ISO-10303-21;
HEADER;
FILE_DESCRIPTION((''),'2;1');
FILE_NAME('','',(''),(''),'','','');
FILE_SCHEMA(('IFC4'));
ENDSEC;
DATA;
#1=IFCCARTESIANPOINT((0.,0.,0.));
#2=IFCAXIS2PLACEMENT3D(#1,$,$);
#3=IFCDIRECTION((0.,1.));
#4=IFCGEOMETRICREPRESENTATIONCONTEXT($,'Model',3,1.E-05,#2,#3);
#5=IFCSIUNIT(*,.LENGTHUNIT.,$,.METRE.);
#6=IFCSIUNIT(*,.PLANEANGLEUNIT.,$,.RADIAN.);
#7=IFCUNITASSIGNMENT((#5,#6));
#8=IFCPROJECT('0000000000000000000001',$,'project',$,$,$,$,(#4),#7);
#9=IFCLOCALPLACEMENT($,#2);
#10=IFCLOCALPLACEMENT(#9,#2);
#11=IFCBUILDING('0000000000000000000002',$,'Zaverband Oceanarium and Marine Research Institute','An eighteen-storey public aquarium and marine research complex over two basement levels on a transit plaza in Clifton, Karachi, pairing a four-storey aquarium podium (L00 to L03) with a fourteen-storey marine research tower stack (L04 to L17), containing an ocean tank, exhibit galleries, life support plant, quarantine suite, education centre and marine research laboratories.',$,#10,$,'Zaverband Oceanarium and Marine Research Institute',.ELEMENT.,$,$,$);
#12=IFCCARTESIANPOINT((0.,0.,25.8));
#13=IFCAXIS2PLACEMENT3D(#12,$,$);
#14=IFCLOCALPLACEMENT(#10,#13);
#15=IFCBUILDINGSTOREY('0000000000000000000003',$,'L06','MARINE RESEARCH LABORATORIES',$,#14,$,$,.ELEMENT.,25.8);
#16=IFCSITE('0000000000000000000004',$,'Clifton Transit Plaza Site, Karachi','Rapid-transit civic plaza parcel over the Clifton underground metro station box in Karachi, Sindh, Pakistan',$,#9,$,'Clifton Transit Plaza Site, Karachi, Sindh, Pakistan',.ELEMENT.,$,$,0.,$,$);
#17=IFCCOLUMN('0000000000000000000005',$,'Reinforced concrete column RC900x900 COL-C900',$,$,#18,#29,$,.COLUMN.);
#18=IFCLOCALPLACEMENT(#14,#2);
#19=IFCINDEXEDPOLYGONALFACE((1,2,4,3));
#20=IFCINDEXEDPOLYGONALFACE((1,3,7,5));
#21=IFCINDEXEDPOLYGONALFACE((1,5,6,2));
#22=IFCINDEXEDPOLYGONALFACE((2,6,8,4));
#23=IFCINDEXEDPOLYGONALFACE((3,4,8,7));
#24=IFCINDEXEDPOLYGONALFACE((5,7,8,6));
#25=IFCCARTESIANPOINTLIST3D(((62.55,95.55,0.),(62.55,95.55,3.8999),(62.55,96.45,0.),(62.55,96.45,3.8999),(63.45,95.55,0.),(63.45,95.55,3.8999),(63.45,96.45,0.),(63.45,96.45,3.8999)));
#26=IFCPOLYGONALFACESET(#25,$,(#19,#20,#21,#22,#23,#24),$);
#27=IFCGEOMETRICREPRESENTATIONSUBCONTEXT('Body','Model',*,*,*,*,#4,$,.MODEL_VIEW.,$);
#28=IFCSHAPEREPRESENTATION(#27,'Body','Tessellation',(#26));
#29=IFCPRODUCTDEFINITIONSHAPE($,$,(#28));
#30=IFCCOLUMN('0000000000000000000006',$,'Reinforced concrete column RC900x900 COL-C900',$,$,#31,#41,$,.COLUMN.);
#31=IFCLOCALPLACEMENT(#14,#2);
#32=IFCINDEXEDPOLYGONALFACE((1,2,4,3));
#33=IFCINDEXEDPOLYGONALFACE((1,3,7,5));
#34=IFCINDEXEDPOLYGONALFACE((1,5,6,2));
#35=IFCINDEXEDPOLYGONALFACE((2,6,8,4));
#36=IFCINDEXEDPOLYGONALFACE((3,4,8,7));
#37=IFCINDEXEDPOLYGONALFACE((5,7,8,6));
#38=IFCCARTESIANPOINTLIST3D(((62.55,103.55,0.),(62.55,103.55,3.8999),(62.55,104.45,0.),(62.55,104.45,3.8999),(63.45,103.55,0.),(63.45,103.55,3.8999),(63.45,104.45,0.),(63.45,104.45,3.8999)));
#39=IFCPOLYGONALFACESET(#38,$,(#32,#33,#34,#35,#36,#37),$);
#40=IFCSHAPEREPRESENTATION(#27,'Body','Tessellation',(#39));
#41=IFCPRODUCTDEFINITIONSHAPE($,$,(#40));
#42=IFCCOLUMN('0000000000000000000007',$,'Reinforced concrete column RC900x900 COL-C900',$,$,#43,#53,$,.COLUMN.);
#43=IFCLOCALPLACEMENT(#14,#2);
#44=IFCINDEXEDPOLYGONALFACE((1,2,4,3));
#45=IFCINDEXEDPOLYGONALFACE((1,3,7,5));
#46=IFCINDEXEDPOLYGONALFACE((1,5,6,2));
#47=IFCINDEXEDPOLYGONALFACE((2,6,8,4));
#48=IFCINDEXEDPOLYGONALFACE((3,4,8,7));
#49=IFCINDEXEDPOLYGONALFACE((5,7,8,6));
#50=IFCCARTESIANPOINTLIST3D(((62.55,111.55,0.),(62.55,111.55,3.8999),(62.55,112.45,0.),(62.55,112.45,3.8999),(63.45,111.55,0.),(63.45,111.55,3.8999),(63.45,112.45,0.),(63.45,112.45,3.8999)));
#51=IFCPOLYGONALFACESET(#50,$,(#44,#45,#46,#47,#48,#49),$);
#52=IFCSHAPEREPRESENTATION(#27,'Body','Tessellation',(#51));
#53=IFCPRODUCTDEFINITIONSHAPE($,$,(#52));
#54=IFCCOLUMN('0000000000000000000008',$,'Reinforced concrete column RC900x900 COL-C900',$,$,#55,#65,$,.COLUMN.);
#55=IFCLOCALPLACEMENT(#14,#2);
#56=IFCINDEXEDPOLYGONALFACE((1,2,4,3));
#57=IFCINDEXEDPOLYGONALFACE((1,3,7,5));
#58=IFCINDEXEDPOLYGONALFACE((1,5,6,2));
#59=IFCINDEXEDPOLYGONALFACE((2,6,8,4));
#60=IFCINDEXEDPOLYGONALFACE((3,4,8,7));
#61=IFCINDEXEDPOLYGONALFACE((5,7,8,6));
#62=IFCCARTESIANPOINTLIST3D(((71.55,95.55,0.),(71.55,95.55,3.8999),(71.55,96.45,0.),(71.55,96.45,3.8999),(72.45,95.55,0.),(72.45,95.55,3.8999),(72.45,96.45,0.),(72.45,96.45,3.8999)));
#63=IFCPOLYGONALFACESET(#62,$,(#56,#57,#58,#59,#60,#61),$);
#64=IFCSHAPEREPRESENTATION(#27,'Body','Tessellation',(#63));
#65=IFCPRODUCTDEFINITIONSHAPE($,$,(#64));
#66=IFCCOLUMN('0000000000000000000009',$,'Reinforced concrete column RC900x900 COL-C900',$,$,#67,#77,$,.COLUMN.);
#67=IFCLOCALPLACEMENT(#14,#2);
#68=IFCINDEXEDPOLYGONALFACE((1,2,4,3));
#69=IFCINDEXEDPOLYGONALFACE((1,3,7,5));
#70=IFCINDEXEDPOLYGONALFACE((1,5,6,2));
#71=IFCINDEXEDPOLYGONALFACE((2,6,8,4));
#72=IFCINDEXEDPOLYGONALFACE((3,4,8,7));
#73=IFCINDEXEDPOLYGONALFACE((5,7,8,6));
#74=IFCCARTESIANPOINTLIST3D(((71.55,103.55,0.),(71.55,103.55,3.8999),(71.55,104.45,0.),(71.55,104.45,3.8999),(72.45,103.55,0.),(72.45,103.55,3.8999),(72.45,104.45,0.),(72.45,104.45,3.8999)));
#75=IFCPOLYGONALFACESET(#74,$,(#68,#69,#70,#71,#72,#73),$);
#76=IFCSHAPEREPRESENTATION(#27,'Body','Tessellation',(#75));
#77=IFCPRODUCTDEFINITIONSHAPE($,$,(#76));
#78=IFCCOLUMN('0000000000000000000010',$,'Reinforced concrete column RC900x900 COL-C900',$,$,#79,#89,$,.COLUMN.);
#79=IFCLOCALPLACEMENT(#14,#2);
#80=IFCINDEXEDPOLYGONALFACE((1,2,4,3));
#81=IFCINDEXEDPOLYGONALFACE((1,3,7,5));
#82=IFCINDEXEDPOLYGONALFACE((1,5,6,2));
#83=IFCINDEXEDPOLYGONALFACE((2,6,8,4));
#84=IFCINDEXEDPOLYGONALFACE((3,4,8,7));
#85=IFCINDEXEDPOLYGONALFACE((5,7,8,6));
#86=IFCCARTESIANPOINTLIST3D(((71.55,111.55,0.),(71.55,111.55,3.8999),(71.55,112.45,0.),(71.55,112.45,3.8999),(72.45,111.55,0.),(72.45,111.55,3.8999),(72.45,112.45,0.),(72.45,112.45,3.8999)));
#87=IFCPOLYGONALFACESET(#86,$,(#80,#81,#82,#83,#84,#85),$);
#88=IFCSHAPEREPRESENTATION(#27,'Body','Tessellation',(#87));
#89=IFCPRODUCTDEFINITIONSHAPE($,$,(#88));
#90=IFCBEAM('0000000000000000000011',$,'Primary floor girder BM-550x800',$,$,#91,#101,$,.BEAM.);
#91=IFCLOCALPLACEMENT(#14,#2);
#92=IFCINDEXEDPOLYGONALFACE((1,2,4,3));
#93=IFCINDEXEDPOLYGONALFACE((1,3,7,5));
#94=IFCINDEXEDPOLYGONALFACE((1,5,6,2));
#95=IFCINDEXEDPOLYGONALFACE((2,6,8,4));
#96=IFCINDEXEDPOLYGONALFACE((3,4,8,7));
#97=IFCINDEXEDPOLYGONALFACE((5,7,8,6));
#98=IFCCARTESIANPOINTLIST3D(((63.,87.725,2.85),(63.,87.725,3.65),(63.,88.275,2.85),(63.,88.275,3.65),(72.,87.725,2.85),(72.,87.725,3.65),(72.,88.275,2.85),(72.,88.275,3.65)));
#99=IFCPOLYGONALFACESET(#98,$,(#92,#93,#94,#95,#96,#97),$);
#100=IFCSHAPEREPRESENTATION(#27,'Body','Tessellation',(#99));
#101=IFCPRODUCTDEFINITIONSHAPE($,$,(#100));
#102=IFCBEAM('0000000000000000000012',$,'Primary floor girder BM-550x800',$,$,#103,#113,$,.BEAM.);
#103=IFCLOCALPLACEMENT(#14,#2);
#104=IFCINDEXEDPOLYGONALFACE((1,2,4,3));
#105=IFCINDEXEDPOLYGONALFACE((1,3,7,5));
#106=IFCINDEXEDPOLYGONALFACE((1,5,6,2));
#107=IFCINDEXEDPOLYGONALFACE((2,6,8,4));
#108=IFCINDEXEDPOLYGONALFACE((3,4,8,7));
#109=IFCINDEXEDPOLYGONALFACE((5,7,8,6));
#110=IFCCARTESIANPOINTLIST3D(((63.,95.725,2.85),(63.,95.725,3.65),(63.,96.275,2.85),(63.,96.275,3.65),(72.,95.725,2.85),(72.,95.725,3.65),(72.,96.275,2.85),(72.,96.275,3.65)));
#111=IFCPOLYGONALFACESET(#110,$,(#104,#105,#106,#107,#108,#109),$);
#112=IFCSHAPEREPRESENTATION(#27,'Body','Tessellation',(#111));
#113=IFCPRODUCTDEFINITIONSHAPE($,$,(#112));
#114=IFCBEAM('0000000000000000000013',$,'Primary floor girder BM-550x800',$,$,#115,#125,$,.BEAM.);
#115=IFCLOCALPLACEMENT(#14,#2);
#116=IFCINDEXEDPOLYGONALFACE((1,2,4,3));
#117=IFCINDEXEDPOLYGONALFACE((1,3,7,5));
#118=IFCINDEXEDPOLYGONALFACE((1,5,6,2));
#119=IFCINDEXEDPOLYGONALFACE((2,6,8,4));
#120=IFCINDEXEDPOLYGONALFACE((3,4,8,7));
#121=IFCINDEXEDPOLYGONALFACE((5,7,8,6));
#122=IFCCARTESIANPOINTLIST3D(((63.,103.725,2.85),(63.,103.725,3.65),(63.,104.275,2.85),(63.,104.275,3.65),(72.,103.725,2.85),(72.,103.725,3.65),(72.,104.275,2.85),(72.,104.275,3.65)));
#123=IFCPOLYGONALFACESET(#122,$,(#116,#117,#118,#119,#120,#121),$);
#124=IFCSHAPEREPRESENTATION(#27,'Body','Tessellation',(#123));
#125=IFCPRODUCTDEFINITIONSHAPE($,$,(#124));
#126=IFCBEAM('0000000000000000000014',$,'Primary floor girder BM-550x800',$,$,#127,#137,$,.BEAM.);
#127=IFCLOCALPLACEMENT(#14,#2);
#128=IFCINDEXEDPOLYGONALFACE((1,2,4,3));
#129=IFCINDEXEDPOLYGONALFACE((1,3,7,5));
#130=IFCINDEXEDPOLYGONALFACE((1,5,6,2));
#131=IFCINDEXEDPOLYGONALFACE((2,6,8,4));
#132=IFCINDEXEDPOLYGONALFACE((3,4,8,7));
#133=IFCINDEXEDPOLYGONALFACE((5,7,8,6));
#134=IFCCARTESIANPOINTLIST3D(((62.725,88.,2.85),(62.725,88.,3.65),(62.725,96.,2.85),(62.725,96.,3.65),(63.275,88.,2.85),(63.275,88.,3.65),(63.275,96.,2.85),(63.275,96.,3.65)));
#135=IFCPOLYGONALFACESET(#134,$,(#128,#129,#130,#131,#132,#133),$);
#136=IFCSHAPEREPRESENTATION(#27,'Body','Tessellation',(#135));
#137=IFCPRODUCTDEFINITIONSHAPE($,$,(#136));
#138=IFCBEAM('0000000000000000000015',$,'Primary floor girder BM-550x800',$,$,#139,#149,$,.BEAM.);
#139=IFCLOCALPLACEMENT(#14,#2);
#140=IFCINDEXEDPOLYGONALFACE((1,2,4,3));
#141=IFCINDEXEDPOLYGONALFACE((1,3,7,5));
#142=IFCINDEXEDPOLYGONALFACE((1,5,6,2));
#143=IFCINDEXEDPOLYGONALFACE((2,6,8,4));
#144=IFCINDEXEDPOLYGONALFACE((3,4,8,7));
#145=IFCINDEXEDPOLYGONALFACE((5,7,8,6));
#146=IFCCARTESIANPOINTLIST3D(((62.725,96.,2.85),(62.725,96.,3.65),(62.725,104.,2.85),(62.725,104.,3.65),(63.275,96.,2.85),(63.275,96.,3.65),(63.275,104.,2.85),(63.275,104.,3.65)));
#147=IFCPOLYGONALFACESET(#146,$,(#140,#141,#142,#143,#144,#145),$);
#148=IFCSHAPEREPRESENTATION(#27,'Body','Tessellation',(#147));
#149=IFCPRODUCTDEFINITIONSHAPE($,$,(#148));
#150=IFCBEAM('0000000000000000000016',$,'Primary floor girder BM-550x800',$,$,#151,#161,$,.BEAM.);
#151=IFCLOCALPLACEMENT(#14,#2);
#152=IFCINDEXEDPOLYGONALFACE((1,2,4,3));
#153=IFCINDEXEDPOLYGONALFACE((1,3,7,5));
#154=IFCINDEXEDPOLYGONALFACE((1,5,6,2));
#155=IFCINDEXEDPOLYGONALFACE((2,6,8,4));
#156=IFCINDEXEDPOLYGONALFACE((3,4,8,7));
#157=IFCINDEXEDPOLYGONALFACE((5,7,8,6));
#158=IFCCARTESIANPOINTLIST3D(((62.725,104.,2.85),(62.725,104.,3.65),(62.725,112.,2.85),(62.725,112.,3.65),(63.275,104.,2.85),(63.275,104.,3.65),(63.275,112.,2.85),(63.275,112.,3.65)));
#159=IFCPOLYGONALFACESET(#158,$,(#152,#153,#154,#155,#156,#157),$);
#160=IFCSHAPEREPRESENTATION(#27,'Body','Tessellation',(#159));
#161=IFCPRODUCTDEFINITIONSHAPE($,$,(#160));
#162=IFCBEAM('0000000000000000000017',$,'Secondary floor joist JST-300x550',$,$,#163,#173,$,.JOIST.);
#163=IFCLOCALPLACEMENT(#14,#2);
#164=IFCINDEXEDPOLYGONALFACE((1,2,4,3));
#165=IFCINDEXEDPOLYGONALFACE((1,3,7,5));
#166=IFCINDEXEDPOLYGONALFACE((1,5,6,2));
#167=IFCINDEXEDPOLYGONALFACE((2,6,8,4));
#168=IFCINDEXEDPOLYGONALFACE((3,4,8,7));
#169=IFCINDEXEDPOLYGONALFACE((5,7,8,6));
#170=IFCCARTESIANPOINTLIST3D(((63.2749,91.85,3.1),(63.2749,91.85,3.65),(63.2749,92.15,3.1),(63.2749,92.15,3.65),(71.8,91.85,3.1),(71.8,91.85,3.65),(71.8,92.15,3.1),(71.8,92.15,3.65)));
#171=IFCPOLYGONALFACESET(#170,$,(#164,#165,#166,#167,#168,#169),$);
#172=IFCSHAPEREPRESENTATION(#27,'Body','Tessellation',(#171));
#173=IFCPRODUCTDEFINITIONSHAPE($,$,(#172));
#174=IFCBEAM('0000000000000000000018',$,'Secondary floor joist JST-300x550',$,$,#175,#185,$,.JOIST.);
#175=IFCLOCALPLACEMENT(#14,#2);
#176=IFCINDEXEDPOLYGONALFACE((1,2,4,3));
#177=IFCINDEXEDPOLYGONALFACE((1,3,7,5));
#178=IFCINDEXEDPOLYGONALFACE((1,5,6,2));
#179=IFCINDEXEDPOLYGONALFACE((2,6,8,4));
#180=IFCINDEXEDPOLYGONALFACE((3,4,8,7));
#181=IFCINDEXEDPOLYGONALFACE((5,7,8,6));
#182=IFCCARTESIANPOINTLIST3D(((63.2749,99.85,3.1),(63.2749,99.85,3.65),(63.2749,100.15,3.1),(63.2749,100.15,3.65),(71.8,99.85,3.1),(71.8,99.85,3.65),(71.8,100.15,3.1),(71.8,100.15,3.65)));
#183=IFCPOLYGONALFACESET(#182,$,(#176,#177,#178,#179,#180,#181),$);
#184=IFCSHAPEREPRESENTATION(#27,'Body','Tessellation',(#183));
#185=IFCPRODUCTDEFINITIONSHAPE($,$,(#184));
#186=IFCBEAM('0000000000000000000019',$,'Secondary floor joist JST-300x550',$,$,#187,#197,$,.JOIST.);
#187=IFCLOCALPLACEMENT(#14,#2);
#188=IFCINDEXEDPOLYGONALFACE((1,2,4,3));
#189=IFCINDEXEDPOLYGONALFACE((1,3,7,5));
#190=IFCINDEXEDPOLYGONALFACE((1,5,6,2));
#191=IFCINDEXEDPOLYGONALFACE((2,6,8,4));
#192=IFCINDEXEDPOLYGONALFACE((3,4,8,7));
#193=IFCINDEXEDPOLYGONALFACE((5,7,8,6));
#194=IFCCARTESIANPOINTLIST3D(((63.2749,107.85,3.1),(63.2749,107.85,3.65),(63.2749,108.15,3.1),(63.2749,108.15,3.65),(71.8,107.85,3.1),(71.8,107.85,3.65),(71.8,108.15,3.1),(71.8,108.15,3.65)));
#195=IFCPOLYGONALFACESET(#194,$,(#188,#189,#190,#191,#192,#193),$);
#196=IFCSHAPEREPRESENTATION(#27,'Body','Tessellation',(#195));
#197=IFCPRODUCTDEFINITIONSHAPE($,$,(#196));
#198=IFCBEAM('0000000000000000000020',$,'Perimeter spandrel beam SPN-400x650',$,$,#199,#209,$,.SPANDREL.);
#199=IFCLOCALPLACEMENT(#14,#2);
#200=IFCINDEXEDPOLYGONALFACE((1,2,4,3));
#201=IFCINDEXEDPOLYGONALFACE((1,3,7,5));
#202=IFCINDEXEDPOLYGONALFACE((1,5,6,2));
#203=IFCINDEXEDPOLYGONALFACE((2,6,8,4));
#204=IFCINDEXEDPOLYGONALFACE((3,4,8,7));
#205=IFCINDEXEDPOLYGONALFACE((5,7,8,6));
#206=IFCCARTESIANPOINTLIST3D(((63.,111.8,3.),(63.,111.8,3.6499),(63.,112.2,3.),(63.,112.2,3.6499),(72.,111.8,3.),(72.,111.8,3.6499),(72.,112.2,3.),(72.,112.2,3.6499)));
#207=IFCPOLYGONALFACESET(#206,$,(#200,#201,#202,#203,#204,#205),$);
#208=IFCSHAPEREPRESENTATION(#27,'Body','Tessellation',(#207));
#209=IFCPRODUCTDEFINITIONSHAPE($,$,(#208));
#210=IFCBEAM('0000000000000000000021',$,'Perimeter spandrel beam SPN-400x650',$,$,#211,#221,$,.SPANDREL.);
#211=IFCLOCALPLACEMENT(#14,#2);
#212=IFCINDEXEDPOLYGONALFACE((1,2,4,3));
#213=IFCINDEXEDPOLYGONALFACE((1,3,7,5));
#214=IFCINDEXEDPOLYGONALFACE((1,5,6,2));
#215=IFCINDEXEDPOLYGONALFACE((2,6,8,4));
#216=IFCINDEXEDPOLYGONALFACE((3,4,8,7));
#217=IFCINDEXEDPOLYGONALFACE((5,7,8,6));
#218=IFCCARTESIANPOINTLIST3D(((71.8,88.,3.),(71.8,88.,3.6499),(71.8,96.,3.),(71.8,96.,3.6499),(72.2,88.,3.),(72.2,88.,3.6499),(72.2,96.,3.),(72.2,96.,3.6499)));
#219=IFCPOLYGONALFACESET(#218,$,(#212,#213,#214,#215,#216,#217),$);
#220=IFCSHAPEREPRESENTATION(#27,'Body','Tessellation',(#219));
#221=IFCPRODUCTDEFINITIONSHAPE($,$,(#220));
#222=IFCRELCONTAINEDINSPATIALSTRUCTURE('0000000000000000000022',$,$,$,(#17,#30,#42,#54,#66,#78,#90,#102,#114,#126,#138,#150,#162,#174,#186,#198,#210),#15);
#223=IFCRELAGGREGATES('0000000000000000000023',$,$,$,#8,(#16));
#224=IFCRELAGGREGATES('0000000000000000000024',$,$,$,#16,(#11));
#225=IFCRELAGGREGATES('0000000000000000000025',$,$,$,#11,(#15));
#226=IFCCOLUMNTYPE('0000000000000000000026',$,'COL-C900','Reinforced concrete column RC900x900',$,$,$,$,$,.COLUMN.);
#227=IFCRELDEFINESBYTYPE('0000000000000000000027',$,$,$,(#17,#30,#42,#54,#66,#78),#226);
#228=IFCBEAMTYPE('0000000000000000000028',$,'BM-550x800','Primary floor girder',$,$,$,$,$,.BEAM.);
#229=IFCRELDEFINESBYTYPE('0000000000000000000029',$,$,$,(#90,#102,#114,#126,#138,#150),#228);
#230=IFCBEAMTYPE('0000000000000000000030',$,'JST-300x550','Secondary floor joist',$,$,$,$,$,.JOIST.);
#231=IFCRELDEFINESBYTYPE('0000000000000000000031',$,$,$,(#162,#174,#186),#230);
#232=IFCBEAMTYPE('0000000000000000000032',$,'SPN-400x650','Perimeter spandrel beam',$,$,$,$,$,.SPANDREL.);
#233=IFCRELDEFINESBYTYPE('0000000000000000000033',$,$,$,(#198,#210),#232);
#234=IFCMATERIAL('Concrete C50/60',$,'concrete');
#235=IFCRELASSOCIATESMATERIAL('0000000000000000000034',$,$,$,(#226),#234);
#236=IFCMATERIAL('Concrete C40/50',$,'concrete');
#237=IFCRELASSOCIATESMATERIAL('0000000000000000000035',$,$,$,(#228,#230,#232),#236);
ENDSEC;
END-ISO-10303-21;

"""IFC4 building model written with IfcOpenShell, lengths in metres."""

from ifc_helpers import new_model, si_unit, direction, frame, origin, origin_2d, place, context, subcontext, project, spatial, rectangle, extrude, material, material_profile, profile_set, type_object, element, save


model = new_model("IFC4")

# Units and contexts
model_context = context("Model", 3, precision=1e-05, world=origin(), true_north=direction((0.0, 1.0)))
body_context = subcontext(model_context, "Body", "Model", "MODEL_VIEW")
ifc_project = project(units=[si_unit("LENGTHUNIT", "METRE"), si_unit("PLANEANGLEUNIT", "RADIAN")], contexts=[model_context])

# Site, building, storey
site_placement = place(None, origin())
site = spatial("IfcSite", under=ifc_project, at=site_placement, Name="Clifton Transit Plaza Site, Karachi", Description="Rapid-transit civic plaza parcel over the Clifton underground metro station box in Karachi, Sindh, Pakistan", LongName="Clifton Transit Plaza Site, Karachi, Sindh, Pakistan", CompositionType="ELEMENT", RefElevation=0.0)
building_placement = place(site_placement, origin())
building = spatial("IfcBuilding", under=site, at=building_placement, Name="Zaverband Oceanarium and Marine Research Institute", Description="An eighteen-storey public aquarium and marine research complex over two basement levels on a transit plaza in Clifton, Karachi, pairing a four-storey aquarium podium (L00 to L03) with a fourteen-storey marine research tower stack (L04 to L17), containing an ocean tank, exhibit galleries, life support plant, quarantine suite, education centre and marine research laboratories.", LongName="Zaverband Oceanarium and Marine Research Institute", CompositionType="ELEMENT")
storey_placement = place(building_placement, frame((0.0, 0.0, 25.8)))
storey = spatial("IfcBuildingStorey", under=building, at=storey_placement, Name="L06", Description="MARINE RESEARCH LABORATORIES", CompositionType="ELEMENT", Elevation=25.8)

# Columns
ifc_material_1 = material(Name="Concrete C50/60", Category="concrete")
ifc_material_profile_1 = material_profile(ifc_material_1, rectangle(XDim=0.8999, YDim=0.8999, at=origin_2d()), Name="RC900x900")
ifc_profile_set_1 = profile_set([ifc_material_profile_1], Name="Concrete C50/60")
column_type = type_object("IfcColumnType", Name="COL-C900", Description="Reinforced concrete column RC900x900", PredefinedType="COLUMN", material=ifc_profile_set_1)
for number, where, z_axis, x_axis, name in (
    (1, (63.0, 96.0, 0.0), (0.0, 0.0, 1.0), (1.0, 0.0, 0.0), "Reinforced concrete column RC900x900 COL-C900"),
    (2, (63.0, 104.0, 0.0), (0.0, 0.0, 1.0), (1.0, 0.0, 0.0), "Reinforced concrete column RC900x900 COL-C900"),
    (3, (63.0, 112.0, 0.0), (0.0, 0.0, 1.0), (1.0, 0.0, 0.0), "Reinforced concrete column RC900x900 COL-C900"),
    (4, (72.0, 96.0, 0.0), (0.0, 0.0, 1.0), (1.0, 0.0, 0.0), "Reinforced concrete column RC900x900 COL-C900"),
    (5, (72.0, 104.0, 0.0), (0.0, 0.0, 1.0), (1.0, 0.0, 0.0), "Reinforced concrete column RC900x900 COL-C900"),
    (6, (72.0, 112.0, 0.0), (0.0, 0.0, 1.0), (1.0, 0.0, 0.0), "Reinforced concrete column RC900x900 COL-C900"),
):
    element("IfcColumn", number, at=place(storey_placement, frame(where, z_axis=z_axis, x_axis=x_axis)), inside=storey, type_object=column_type, Name=name, PredefinedType="COLUMN", context=body_context, shape_type="SweptSolid", body=[
        extrude(rectangle(XDim=0.8999, YDim=0.8999, at=origin_2d()), origin(), (0.0, 0.0, 1.0), 3.8999),
    ])

# Beams
ifc_material_2 = material(Name="Concrete C40/50", Category="concrete")
ifc_material_profile_2 = material_profile(ifc_material_2, rectangle(XDim=0.55, YDim=0.8, at=origin_2d()), Name="RC550x800")
ifc_profile_set_2 = profile_set([ifc_material_profile_2], Name="Concrete C40/50")
beam_type_1 = type_object("IfcBeamType", Name="BM-550x800", Description="Primary floor girder", PredefinedType="BEAM", material=ifc_profile_set_2)
for number, where, z_axis, x_axis, name in (
    (7, (63.0, 88.0, 3.25), (1.0, 0.0, 0.0), (0.0, 1.0, 0.0), "Primary floor girder BM-550x800"),
    (8, (63.0, 96.0, 3.25), (1.0, 0.0, 0.0), (0.0, 1.0, 0.0), "Primary floor girder BM-550x800"),
    (9, (63.0, 104.0, 3.25), (1.0, 0.0, 0.0), (0.0, 1.0, 0.0), "Primary floor girder BM-550x800"),
):
    element("IfcBeam", number, at=place(storey_placement, frame(where, z_axis=z_axis, x_axis=x_axis)), inside=storey, type_object=beam_type_1, Name=name, PredefinedType="BEAM", context=body_context, shape_type="SweptSolid", body=[
        extrude(rectangle(XDim=0.55, YDim=0.8, at=origin_2d()), origin(), (0.0, 0.0, 1.0), 9.0),
    ])
for number, where, z_axis, x_axis, name in (
    (10, (63.0, 88.0, 3.25), (0.0, 1.0, 0.0), (-1.0, 0.0, 0.0), "Primary floor girder BM-550x800"),
    (11, (63.0, 96.0, 3.25), (0.0, 1.0, 0.0), (-1.0, 0.0, 0.0), "Primary floor girder BM-550x800"),
    (12, (63.0, 104.0, 3.25), (0.0, 1.0, 0.0), (-1.0, 0.0, 0.0), "Primary floor girder BM-550x800"),
):
    element("IfcBeam", number, at=place(storey_placement, frame(where, z_axis=z_axis, x_axis=x_axis)), inside=storey, type_object=beam_type_1, Name=name, PredefinedType="BEAM", context=body_context, shape_type="SweptSolid", body=[
        extrude(rectangle(XDim=0.55, YDim=0.8, at=origin_2d()), origin(), (0.0, 0.0, 1.0), 8.0),
    ])
ifc_material_profile_3 = material_profile(ifc_material_2, rectangle(XDim=0.3, YDim=0.55, at=origin_2d()), Name="RC300x550")
ifc_profile_set_3 = profile_set([ifc_material_profile_3], Name="Concrete C40/50")
beam_type_2 = type_object("IfcBeamType", Name="JST-300x550", Description="Secondary floor joist", PredefinedType="JOIST", material=ifc_profile_set_3)
for number, where, z_axis, x_axis, name in (
    (13, (63.2749, 92.0, 3.375), (1.0, 0.0, 0.0), (0.0, 1.0, 0.0), "Secondary floor joist JST-300x550"),
    (14, (63.2749, 100.0, 3.375), (1.0, 0.0, 0.0), (0.0, 1.0, 0.0), "Secondary floor joist JST-300x550"),
    (15, (63.2749, 108.0, 3.375), (1.0, 0.0, 0.0), (0.0, 1.0, 0.0), "Secondary floor joist JST-300x550"),
):
    element("IfcBeam", number, at=place(storey_placement, frame(where, z_axis=z_axis, x_axis=x_axis)), inside=storey, type_object=beam_type_2, Name=name, PredefinedType="JOIST", context=body_context, shape_type="SweptSolid", body=[
        extrude(rectangle(XDim=0.3, YDim=0.55, at=origin_2d()), origin(), (0.0, 0.0, 1.0), 8.5251),
    ])
ifc_material_profile_4 = material_profile(ifc_material_2, rectangle(XDim=0.3999, YDim=0.6499, at=origin_2d()), Name="RC400x650")
ifc_profile_set_4 = profile_set([ifc_material_profile_4], Name="Concrete C40/50")
beam_type_3 = type_object("IfcBeamType", Name="SPN-400x650", Description="Perimeter spandrel beam", PredefinedType="SPANDREL", material=ifc_profile_set_4)
beam_placement = place(storey_placement, frame((63.0, 112.0, 3.325), z_axis=(1.0, 0.0, 0.0), x_axis=(0.0, 1.0, 0.0)))
element("IfcBeam", 16, at=beam_placement, inside=storey, type_object=beam_type_3, Name="Perimeter spandrel beam SPN-400x650", PredefinedType="SPANDREL", context=body_context, shape_type="SweptSolid", body=[
    extrude(rectangle(XDim=0.3999, YDim=0.6499, at=origin_2d()), origin(), (0.0, 0.0, 1.0), 9.0),
])
for number, where, z_axis, x_axis, name in (
    (17, (72.0, 88.0, 3.325), (0.0, 1.0, 0.0), (-1.0, 0.0, 0.0), "Perimeter spandrel beam SPN-400x650"),
):
    element("IfcBeam", number, at=place(storey_placement, frame(where, z_axis=z_axis, x_axis=x_axis)), inside=storey, type_object=beam_type_3, Name=name, PredefinedType="SPANDREL", context=body_context, shape_type="SweptSolid", body=[
        extrude(rectangle(XDim=0.3999, YDim=0.6499, at=origin_2d()), origin(), (0.0, 0.0, 1.0), 8.0),
    ])

save(model, "model.ifc")
